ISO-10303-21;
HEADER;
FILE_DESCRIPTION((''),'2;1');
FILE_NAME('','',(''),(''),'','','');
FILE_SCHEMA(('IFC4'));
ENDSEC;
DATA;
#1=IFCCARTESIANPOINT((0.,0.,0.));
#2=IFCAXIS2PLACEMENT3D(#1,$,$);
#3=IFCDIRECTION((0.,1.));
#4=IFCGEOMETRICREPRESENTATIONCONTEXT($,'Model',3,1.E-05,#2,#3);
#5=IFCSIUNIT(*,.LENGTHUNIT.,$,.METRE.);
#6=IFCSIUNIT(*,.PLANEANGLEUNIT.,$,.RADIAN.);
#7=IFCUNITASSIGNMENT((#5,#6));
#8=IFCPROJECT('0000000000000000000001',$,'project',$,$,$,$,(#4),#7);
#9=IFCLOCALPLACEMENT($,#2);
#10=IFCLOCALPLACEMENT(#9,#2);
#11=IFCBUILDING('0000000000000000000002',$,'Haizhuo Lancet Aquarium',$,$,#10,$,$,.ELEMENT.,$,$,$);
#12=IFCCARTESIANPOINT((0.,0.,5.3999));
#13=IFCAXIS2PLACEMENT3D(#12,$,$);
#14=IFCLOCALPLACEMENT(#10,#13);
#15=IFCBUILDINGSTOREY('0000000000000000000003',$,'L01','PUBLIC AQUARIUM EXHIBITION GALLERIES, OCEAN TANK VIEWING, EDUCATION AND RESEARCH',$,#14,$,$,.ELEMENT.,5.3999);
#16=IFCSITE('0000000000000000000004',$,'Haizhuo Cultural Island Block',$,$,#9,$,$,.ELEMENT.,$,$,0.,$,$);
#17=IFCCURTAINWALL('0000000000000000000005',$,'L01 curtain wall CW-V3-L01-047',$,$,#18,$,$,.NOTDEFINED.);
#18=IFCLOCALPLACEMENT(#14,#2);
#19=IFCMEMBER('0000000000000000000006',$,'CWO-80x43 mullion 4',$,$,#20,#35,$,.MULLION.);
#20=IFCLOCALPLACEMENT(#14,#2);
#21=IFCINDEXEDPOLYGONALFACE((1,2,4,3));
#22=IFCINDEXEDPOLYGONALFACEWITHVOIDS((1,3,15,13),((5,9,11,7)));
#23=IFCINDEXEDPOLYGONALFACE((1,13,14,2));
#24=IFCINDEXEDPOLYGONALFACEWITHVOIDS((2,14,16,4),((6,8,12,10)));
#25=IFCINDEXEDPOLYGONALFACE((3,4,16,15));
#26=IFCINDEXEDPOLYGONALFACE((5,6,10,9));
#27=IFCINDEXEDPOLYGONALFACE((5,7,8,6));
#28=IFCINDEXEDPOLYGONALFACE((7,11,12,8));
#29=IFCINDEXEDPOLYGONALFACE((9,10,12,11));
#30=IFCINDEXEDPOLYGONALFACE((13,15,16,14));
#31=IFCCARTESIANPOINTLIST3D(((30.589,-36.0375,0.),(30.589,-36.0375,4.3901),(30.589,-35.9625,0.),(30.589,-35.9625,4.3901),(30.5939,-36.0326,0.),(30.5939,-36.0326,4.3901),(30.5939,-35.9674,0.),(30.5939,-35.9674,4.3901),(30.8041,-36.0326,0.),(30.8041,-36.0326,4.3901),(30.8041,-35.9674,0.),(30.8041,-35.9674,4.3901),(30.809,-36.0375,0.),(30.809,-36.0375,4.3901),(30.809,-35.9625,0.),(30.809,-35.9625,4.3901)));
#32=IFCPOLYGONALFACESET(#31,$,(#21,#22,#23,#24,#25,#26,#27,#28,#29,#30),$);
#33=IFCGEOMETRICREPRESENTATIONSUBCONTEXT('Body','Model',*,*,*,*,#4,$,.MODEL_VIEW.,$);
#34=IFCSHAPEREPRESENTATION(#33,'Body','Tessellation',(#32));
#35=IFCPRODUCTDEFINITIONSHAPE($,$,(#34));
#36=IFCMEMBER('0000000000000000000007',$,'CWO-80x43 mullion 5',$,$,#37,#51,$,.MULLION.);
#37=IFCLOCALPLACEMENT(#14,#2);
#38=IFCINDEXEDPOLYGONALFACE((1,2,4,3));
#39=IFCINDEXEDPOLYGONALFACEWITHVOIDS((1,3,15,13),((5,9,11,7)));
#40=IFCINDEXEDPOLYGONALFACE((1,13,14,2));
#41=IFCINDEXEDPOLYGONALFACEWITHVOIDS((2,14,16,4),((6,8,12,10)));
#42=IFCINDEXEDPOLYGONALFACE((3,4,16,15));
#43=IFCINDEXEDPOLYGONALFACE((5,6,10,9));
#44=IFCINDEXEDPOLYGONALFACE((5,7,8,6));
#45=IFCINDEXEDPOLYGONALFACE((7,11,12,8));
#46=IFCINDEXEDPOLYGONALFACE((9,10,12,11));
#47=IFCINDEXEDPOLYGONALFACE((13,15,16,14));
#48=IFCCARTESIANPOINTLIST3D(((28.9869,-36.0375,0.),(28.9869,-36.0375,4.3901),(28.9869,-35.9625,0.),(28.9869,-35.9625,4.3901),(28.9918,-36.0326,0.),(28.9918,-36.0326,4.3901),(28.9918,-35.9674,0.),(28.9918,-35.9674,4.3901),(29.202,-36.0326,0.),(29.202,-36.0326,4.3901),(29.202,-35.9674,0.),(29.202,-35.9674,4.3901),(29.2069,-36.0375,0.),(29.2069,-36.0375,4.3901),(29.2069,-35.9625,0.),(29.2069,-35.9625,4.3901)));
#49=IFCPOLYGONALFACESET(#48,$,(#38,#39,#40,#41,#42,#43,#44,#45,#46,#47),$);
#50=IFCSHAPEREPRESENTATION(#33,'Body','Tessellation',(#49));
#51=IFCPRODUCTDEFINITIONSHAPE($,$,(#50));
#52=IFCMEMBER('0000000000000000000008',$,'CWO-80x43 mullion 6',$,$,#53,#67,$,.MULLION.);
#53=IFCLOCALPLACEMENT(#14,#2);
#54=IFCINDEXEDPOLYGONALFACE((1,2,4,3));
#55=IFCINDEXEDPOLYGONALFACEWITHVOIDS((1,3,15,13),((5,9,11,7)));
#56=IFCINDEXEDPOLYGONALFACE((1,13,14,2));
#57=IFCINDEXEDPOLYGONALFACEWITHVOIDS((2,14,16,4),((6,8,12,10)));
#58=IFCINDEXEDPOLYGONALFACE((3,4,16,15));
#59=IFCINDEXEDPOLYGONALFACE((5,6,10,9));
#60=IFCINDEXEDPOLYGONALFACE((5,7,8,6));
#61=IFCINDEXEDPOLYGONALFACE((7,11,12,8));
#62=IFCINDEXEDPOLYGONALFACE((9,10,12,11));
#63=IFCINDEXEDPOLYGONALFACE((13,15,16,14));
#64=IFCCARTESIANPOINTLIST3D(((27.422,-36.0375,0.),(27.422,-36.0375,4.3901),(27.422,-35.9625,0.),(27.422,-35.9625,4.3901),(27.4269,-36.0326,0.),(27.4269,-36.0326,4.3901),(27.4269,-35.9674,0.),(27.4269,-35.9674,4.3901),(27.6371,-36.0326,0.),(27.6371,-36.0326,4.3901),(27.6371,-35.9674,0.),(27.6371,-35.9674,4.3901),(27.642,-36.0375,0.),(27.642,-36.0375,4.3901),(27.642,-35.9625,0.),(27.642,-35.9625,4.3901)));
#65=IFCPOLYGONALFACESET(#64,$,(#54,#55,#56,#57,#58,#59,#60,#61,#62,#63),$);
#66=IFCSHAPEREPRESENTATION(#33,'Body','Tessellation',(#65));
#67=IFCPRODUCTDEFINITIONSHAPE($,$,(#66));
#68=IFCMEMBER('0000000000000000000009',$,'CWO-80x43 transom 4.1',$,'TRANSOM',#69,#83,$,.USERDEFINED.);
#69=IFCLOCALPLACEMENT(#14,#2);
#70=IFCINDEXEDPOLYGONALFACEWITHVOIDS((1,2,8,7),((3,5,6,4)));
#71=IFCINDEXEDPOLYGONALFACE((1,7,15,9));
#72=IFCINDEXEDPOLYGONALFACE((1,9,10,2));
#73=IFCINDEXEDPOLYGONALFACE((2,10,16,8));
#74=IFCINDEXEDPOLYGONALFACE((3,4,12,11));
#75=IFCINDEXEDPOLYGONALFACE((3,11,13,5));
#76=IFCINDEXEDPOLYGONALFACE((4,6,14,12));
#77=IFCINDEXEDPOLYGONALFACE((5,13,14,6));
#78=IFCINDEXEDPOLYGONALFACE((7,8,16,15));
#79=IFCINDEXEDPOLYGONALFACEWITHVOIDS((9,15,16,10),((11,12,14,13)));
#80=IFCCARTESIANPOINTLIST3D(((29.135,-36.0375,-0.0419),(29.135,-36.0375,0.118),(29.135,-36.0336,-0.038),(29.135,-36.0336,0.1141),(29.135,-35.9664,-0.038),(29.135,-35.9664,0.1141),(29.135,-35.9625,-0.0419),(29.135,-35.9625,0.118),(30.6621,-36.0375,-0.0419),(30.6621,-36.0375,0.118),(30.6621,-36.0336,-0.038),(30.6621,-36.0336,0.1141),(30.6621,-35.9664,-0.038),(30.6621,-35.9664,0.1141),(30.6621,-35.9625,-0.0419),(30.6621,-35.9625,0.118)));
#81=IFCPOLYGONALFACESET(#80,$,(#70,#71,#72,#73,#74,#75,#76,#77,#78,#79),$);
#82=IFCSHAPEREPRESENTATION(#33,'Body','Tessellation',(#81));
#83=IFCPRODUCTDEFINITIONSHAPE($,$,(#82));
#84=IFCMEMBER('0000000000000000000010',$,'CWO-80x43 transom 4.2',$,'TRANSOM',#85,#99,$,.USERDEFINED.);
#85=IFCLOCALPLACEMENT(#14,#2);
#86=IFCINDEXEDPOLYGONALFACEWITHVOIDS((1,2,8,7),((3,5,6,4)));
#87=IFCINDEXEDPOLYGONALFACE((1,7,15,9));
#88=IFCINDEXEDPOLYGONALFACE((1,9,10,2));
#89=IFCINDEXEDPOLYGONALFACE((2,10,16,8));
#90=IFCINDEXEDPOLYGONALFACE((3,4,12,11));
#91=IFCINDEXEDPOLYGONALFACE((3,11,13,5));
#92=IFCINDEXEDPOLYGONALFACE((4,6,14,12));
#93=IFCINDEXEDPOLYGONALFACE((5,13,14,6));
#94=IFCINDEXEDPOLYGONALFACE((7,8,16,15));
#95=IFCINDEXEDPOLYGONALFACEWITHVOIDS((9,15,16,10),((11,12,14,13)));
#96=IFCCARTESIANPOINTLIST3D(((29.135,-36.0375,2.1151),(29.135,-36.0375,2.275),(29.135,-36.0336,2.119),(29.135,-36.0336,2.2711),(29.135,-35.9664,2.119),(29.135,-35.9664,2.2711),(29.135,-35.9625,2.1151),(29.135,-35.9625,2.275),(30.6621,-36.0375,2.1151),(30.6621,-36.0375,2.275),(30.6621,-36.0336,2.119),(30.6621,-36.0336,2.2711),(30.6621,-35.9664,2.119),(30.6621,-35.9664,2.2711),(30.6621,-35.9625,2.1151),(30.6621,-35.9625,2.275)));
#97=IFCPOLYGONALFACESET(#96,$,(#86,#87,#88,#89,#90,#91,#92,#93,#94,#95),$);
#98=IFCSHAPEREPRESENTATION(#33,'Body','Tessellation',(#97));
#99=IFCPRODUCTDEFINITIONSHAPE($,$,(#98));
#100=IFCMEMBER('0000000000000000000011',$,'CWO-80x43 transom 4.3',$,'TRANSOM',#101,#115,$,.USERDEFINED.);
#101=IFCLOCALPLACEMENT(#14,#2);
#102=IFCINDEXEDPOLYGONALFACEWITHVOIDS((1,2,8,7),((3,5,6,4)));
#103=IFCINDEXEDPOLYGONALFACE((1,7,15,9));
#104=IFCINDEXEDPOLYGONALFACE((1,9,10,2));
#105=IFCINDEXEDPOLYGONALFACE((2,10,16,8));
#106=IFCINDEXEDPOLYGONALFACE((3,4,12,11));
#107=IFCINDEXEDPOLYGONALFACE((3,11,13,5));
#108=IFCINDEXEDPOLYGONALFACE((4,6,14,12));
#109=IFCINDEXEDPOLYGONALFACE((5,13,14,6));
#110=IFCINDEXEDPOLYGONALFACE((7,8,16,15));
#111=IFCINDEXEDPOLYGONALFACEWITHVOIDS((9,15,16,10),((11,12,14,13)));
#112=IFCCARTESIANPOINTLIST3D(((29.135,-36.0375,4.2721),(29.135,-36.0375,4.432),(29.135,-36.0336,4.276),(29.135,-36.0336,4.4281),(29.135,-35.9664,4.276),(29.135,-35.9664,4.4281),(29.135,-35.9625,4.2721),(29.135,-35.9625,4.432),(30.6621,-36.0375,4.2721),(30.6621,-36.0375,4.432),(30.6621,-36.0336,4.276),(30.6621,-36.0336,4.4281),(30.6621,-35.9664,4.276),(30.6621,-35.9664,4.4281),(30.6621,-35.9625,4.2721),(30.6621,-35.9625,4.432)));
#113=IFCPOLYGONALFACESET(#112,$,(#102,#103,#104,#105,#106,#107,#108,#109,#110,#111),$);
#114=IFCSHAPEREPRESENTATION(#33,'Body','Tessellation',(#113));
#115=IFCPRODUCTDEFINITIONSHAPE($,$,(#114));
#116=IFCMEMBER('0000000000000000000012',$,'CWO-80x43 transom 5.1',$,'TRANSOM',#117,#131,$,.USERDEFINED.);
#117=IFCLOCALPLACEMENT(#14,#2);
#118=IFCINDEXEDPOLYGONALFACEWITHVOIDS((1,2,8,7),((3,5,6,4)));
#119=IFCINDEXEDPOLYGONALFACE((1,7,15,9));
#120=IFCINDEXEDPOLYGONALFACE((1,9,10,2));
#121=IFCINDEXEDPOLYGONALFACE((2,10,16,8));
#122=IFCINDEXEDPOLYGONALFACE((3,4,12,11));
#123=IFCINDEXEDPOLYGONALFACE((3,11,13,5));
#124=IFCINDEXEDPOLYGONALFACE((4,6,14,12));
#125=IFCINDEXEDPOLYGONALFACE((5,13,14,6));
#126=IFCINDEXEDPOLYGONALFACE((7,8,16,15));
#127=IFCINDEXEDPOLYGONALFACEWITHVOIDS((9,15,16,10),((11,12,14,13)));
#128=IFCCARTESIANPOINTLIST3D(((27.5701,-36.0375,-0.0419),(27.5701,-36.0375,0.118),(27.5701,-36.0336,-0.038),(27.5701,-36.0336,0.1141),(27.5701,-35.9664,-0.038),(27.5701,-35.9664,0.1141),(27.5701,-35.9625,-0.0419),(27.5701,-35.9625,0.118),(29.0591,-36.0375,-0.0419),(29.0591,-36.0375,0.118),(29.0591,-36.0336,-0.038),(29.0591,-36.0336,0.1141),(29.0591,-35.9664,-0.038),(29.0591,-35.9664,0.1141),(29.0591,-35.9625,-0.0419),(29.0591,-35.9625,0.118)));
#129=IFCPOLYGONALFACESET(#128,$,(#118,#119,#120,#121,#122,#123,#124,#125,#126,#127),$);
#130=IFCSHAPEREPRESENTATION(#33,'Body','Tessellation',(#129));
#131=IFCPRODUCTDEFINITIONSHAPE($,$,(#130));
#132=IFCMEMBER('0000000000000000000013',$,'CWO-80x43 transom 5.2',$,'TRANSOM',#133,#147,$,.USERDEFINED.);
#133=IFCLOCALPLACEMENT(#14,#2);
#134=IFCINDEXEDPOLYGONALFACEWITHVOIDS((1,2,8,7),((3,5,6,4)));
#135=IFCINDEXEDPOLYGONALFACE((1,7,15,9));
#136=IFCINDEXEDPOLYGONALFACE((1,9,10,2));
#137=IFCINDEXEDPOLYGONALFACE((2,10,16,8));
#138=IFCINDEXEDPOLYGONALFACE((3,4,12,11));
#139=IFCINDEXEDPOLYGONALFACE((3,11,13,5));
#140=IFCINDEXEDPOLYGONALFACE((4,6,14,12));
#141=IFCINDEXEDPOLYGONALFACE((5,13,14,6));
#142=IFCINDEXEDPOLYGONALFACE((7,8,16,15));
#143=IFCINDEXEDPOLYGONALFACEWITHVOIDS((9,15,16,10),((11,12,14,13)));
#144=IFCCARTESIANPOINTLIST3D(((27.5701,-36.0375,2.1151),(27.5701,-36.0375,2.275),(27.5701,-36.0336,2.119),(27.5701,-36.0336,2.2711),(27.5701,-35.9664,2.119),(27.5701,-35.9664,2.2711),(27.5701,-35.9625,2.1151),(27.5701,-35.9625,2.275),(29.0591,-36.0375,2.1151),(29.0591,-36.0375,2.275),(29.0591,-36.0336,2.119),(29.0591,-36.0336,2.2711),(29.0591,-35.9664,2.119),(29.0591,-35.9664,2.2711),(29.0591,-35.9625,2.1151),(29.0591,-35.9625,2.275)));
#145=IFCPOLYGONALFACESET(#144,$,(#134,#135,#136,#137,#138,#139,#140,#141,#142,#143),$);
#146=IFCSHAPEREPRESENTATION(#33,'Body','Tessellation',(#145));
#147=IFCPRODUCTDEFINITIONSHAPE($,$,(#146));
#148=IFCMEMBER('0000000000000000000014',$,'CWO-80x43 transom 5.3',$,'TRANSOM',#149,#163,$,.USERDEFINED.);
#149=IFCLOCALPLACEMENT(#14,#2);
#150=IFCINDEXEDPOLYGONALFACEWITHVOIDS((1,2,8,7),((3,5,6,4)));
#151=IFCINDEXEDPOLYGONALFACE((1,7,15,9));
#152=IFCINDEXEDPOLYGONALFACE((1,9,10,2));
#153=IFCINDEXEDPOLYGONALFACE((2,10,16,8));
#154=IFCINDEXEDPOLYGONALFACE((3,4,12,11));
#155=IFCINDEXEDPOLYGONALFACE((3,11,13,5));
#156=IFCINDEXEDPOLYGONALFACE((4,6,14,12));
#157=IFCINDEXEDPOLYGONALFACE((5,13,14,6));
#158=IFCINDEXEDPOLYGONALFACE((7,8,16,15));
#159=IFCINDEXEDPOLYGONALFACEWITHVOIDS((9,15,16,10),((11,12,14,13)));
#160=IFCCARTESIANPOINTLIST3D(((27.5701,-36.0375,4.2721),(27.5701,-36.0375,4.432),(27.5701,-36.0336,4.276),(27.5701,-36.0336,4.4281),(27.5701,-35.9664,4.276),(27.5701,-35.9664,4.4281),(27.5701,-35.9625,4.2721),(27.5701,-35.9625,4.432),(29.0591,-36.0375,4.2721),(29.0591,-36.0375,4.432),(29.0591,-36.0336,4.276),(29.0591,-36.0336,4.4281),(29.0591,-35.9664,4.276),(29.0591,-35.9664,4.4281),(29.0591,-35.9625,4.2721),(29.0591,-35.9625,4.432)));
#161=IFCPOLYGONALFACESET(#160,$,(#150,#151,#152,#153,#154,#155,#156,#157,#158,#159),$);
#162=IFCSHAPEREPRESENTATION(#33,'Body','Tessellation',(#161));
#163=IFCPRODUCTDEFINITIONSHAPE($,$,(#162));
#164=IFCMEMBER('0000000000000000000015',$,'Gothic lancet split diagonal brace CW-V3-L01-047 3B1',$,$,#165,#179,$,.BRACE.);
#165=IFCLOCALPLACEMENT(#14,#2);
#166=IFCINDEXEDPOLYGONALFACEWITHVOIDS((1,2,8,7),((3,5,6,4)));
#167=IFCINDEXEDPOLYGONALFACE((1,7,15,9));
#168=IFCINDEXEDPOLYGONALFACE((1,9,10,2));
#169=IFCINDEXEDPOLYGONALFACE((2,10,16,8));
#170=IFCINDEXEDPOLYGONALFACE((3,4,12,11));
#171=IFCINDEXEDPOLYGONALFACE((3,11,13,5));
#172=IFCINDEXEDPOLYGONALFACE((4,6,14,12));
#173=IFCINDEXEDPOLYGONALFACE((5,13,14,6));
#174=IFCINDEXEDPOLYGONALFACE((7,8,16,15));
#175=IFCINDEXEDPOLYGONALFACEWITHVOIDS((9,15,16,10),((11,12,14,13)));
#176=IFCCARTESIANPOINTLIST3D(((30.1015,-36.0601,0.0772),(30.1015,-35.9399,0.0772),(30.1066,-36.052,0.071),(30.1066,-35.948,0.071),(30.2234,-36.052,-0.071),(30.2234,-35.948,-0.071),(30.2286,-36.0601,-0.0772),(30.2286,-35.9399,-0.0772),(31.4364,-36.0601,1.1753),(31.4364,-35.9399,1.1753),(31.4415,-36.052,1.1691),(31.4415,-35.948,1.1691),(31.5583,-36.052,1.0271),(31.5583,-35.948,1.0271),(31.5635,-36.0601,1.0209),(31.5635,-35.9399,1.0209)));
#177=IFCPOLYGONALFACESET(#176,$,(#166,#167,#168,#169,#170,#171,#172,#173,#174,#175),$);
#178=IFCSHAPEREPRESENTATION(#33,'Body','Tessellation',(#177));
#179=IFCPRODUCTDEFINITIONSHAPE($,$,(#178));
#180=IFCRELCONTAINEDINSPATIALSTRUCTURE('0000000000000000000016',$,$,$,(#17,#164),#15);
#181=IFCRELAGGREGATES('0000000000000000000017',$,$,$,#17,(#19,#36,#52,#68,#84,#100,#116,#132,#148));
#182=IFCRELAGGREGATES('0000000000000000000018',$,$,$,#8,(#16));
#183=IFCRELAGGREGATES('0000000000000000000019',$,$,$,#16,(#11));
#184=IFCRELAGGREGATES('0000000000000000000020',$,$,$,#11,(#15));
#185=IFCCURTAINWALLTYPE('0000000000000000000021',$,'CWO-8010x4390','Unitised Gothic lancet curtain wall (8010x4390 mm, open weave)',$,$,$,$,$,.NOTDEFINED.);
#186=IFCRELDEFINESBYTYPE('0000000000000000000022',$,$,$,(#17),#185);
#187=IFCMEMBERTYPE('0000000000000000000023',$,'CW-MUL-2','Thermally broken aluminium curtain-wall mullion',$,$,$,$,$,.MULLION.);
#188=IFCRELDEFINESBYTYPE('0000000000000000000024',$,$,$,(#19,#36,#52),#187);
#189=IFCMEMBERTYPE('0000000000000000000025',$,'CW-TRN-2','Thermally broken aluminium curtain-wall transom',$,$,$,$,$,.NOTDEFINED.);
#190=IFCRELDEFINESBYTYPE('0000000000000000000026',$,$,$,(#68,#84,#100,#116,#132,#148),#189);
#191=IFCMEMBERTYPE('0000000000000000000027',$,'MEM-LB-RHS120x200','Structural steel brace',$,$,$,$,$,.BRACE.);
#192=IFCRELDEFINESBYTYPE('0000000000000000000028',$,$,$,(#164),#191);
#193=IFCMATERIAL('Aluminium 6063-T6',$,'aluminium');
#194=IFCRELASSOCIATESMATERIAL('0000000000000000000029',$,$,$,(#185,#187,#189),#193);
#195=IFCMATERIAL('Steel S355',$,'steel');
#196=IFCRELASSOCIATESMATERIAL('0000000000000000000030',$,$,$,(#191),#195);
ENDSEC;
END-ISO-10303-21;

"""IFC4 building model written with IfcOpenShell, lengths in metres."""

from ifc_helpers import new_model, si_unit, direction, frame, origin, origin_2d, place, context, subcontext, project, spatial, hollow_rectangle, extrude, material, material_profile, profile_set, type_object, element, aggregate, save


model = new_model("IFC4")

# Units and contexts
model_context = context("Model", 3, precision=1e-05, world=origin(), true_north=direction((0.0, 1.0)))
body_context = subcontext(model_context, "Body", "Model", "MODEL_VIEW")
ifc_project = project(units=[si_unit("LENGTHUNIT", "METRE"), si_unit("PLANEANGLEUNIT", "RADIAN")], contexts=[model_context])

# Site, building, storey
site_placement = place(None, origin())
site = spatial("IfcSite", under=ifc_project, at=site_placement, Name="Haizhuo Cultural Island Block", CompositionType="ELEMENT", RefElevation=0.0)
building_placement = place(site_placement, origin())
building = spatial("IfcBuilding", under=site, at=building_placement, Name="Haizhuo Lancet Aquarium", CompositionType="ELEMENT")
storey_placement = place(building_placement, frame((0.0, 0.0, 5.3999)))
storey = spatial("IfcBuildingStorey", under=building, at=storey_placement, Name="L01", Description="PUBLIC AQUARIUM EXHIBITION GALLERIES, OCEAN TANK VIEWING, EDUCATION AND RESEARCH", CompositionType="ELEMENT", Elevation=5.3999)

# Curtain wall, members
ifc_material_1 = material(Name="Aluminium 6063-T6", Category="aluminium")
curtain_wall_type = type_object("IfcCurtainWallType", Name="CWO-8010x4390", Description="Unitised Gothic lancet curtain wall (8010x4390 mm, open weave)", PredefinedType="NOTDEFINED", material=ifc_material_1)
curtain_wall_placement = place(storey_placement, origin())
curtain_wall = element("IfcCurtainWall", 1, at=curtain_wall_placement, inside=storey, type_object=curtain_wall_type, Name="L01 curtain wall CW-V3-L01-047", PredefinedType="NOTDEFINED")
ifc_material_profile_1 = material_profile(ifc_material_1, hollow_rectangle(XDim=0.075, YDim=0.22, WallThickness=0.0049, at=origin_2d()), Name="ALU-M 75x220x5")
ifc_profile_set_1 = profile_set([ifc_material_profile_1], Name="Aluminium 6063-T6")
member_type_1 = type_object("IfcMemberType", Name="CW-MUL-2", Description="Thermally broken aluminium curtain-wall mullion", PredefinedType="MULLION", material=ifc_profile_set_1)
member_1_placement = place(storey_placement, frame((30.699, -36.0, 0.0), z_axis=(0.0, 0.0, 1.0), x_axis=(0.0, -1.0, 0.0)))
member_1 = element("IfcMember", 2, at=member_1_placement, type_object=member_type_1, Name="CWO-80x43 mullion 4", PredefinedType="MULLION", context=body_context, shape_type="SweptSolid", body=[
    extrude(hollow_rectangle(XDim=0.075, YDim=0.22, WallThickness=0.0049, at=origin_2d()), origin(), (0.0, 0.0, 1.0), 4.3901),
])
member_2_placement = place(storey_placement, frame((29.0969, -36.0, 0.0), z_axis=(0.0, 0.0, 1.0), x_axis=(0.0, -1.0, 0.0)))
member_2 = element("IfcMember", 3, at=member_2_placement, type_object=member_type_1, Name="CWO-80x43 mullion 5", PredefinedType="MULLION", context=body_context, shape_type="SweptSolid", body=[
    extrude(hollow_rectangle(XDim=0.075, YDim=0.22, WallThickness=0.0049, at=origin_2d()), origin(), (0.0, 0.0, 1.0), 4.3901),
])
member_3_placement = place(storey_placement, frame((27.532, -36.0, 0.0), z_axis=(0.0, 0.0, 1.0), x_axis=(0.0, -1.0, 0.0)))
member_3 = element("IfcMember", 4, at=member_3_placement, type_object=member_type_1, Name="CWO-80x43 mullion 6", PredefinedType="MULLION", context=body_context, shape_type="SweptSolid", body=[
    extrude(hollow_rectangle(XDim=0.075, YDim=0.22, WallThickness=0.0049, at=origin_2d()), origin(), (0.0, 0.0, 1.0), 4.3901),
])
ifc_material_profile_2 = material_profile(ifc_material_1, hollow_rectangle(XDim=0.075, YDim=0.1599, WallThickness=0.0039, at=origin_2d()), Name="ALU-T 75x160x4")
ifc_profile_set_2 = profile_set([ifc_material_profile_2], Name="Aluminium 6063-T6")
member_type_2 = type_object("IfcMemberType", Name="CW-TRN-2", Description="Thermally broken aluminium curtain-wall transom", PredefinedType="NOTDEFINED", material=ifc_profile_set_2)
member_4_placement = place(storey_placement, frame((30.6621, -36.0, 0.0381), z_axis=(-1.0, 0.0, 0.0), x_axis=(0.0, -1.0, 0.0)))
member_4 = element("IfcMember", 5, at=member_4_placement, type_object=member_type_2, Name="CWO-80x43 transom 4.1", ObjectType="TRANSOM", PredefinedType="USERDEFINED", context=body_context, shape_type="SweptSolid", body=[
    extrude(hollow_rectangle(XDim=0.075, YDim=0.1599, WallThickness=0.0039, at=origin_2d()), origin(), (0.0, 0.0, 1.0), 1.5271),
])
member_5_placement = place(storey_placement, frame((30.6621, -36.0, 2.1951), z_axis=(-1.0, 0.0, 0.0), x_axis=(0.0, -1.0, 0.0)))
member_5 = element("IfcMember", 6, at=member_5_placement, type_object=member_type_2, Name="CWO-80x43 transom 4.2", ObjectType="TRANSOM", PredefinedType="USERDEFINED", context=body_context, shape_type="SweptSolid", body=[
    extrude(hollow_rectangle(XDim=0.075, YDim=0.1599, WallThickness=0.0039, at=origin_2d()), origin(), (0.0, 0.0, 1.0), 1.5271),
])
member_6_placement = place(storey_placement, frame((30.6621, -36.0, 4.3521), z_axis=(-1.0, 0.0, 0.0), x_axis=(0.0, -1.0, 0.0)))
member_6 = element("IfcMember", 7, at=member_6_placement, type_object=member_type_2, Name="CWO-80x43 transom 4.3", ObjectType="TRANSOM", PredefinedType="USERDEFINED", context=body_context, shape_type="SweptSolid", body=[
    extrude(hollow_rectangle(XDim=0.075, YDim=0.1599, WallThickness=0.0039, at=origin_2d()), origin(), (0.0, 0.0, 1.0), 1.5271),
])
member_7_placement = place(storey_placement, frame((29.0591, -36.0, 0.0381), z_axis=(-1.0, 0.0, 0.0), x_axis=(0.0, -1.0, 0.0)))
member_7 = element("IfcMember", 8, at=member_7_placement, type_object=member_type_2, Name="CWO-80x43 transom 5.1", ObjectType="TRANSOM", PredefinedType="USERDEFINED", context=body_context, shape_type="SweptSolid", body=[
    extrude(hollow_rectangle(XDim=0.075, YDim=0.1599, WallThickness=0.0039, at=origin_2d()), origin(), (0.0, 0.0, 1.0), 1.489),
])
member_8_placement = place(storey_placement, frame((29.0591, -36.0, 2.1951), z_axis=(-1.0, 0.0, 0.0), x_axis=(0.0, -1.0, 0.0)))
member_8 = element("IfcMember", 9, at=member_8_placement, type_object=member_type_2, Name="CWO-80x43 transom 5.2", ObjectType="TRANSOM", PredefinedType="USERDEFINED", context=body_context, shape_type="SweptSolid", body=[
    extrude(hollow_rectangle(XDim=0.075, YDim=0.1599, WallThickness=0.0039, at=origin_2d()), origin(), (0.0, 0.0, 1.0), 1.489),
])
member_9_placement = place(storey_placement, frame((29.0591, -36.0, 4.3521), z_axis=(-1.0, 0.0, 0.0), x_axis=(0.0, -1.0, 0.0)))
member_9 = element("IfcMember", 10, at=member_9_placement, type_object=member_type_2, Name="CWO-80x43 transom 5.3", ObjectType="TRANSOM", PredefinedType="USERDEFINED", context=body_context, shape_type="SweptSolid", body=[
    extrude(hollow_rectangle(XDim=0.075, YDim=0.1599, WallThickness=0.0039, at=origin_2d()), origin(), (0.0, 0.0, 1.0), 1.489),
])

# Member
ifc_material_2 = material(Name="Steel S355", Category="steel")
ifc_material_profile_3 = material_profile(ifc_material_2, hollow_rectangle(XDim=0.1201, YDim=0.2, WallThickness=0.0081, at=origin_2d()), Name="RHS 120x200x8")
ifc_profile_set_3 = profile_set([ifc_material_profile_3], Name="Steel S355")
member_type_3 = type_object("IfcMemberType", Name="MEM-LB-RHS120x200", Description="Structural steel brace", PredefinedType="BRACE", material=ifc_profile_set_3)
member_10_placement = place(storey_placement, frame((30.165, -36.0, 0.0), z_axis=(0.772281, 0.0, 0.635281), x_axis=(0.0, 1.0, 0.0)))
element("IfcMember", 11, at=member_10_placement, inside=storey, type_object=member_type_3, Name="Gothic lancet split diagonal brace CW-V3-L01-047 3B1", PredefinedType="BRACE", context=body_context, shape_type="SweptSolid", body=[
    extrude(hollow_rectangle(XDim=0.1201, YDim=0.2, WallThickness=0.0081, at=origin_2d()), origin(), (0.0, 0.0, 1.0), 1.7285),
])

aggregate(curtain_wall, [member_1, member_2, member_3, member_4, member_5, member_6, member_7, member_8, member_9])

save(model, "model.ifc")
